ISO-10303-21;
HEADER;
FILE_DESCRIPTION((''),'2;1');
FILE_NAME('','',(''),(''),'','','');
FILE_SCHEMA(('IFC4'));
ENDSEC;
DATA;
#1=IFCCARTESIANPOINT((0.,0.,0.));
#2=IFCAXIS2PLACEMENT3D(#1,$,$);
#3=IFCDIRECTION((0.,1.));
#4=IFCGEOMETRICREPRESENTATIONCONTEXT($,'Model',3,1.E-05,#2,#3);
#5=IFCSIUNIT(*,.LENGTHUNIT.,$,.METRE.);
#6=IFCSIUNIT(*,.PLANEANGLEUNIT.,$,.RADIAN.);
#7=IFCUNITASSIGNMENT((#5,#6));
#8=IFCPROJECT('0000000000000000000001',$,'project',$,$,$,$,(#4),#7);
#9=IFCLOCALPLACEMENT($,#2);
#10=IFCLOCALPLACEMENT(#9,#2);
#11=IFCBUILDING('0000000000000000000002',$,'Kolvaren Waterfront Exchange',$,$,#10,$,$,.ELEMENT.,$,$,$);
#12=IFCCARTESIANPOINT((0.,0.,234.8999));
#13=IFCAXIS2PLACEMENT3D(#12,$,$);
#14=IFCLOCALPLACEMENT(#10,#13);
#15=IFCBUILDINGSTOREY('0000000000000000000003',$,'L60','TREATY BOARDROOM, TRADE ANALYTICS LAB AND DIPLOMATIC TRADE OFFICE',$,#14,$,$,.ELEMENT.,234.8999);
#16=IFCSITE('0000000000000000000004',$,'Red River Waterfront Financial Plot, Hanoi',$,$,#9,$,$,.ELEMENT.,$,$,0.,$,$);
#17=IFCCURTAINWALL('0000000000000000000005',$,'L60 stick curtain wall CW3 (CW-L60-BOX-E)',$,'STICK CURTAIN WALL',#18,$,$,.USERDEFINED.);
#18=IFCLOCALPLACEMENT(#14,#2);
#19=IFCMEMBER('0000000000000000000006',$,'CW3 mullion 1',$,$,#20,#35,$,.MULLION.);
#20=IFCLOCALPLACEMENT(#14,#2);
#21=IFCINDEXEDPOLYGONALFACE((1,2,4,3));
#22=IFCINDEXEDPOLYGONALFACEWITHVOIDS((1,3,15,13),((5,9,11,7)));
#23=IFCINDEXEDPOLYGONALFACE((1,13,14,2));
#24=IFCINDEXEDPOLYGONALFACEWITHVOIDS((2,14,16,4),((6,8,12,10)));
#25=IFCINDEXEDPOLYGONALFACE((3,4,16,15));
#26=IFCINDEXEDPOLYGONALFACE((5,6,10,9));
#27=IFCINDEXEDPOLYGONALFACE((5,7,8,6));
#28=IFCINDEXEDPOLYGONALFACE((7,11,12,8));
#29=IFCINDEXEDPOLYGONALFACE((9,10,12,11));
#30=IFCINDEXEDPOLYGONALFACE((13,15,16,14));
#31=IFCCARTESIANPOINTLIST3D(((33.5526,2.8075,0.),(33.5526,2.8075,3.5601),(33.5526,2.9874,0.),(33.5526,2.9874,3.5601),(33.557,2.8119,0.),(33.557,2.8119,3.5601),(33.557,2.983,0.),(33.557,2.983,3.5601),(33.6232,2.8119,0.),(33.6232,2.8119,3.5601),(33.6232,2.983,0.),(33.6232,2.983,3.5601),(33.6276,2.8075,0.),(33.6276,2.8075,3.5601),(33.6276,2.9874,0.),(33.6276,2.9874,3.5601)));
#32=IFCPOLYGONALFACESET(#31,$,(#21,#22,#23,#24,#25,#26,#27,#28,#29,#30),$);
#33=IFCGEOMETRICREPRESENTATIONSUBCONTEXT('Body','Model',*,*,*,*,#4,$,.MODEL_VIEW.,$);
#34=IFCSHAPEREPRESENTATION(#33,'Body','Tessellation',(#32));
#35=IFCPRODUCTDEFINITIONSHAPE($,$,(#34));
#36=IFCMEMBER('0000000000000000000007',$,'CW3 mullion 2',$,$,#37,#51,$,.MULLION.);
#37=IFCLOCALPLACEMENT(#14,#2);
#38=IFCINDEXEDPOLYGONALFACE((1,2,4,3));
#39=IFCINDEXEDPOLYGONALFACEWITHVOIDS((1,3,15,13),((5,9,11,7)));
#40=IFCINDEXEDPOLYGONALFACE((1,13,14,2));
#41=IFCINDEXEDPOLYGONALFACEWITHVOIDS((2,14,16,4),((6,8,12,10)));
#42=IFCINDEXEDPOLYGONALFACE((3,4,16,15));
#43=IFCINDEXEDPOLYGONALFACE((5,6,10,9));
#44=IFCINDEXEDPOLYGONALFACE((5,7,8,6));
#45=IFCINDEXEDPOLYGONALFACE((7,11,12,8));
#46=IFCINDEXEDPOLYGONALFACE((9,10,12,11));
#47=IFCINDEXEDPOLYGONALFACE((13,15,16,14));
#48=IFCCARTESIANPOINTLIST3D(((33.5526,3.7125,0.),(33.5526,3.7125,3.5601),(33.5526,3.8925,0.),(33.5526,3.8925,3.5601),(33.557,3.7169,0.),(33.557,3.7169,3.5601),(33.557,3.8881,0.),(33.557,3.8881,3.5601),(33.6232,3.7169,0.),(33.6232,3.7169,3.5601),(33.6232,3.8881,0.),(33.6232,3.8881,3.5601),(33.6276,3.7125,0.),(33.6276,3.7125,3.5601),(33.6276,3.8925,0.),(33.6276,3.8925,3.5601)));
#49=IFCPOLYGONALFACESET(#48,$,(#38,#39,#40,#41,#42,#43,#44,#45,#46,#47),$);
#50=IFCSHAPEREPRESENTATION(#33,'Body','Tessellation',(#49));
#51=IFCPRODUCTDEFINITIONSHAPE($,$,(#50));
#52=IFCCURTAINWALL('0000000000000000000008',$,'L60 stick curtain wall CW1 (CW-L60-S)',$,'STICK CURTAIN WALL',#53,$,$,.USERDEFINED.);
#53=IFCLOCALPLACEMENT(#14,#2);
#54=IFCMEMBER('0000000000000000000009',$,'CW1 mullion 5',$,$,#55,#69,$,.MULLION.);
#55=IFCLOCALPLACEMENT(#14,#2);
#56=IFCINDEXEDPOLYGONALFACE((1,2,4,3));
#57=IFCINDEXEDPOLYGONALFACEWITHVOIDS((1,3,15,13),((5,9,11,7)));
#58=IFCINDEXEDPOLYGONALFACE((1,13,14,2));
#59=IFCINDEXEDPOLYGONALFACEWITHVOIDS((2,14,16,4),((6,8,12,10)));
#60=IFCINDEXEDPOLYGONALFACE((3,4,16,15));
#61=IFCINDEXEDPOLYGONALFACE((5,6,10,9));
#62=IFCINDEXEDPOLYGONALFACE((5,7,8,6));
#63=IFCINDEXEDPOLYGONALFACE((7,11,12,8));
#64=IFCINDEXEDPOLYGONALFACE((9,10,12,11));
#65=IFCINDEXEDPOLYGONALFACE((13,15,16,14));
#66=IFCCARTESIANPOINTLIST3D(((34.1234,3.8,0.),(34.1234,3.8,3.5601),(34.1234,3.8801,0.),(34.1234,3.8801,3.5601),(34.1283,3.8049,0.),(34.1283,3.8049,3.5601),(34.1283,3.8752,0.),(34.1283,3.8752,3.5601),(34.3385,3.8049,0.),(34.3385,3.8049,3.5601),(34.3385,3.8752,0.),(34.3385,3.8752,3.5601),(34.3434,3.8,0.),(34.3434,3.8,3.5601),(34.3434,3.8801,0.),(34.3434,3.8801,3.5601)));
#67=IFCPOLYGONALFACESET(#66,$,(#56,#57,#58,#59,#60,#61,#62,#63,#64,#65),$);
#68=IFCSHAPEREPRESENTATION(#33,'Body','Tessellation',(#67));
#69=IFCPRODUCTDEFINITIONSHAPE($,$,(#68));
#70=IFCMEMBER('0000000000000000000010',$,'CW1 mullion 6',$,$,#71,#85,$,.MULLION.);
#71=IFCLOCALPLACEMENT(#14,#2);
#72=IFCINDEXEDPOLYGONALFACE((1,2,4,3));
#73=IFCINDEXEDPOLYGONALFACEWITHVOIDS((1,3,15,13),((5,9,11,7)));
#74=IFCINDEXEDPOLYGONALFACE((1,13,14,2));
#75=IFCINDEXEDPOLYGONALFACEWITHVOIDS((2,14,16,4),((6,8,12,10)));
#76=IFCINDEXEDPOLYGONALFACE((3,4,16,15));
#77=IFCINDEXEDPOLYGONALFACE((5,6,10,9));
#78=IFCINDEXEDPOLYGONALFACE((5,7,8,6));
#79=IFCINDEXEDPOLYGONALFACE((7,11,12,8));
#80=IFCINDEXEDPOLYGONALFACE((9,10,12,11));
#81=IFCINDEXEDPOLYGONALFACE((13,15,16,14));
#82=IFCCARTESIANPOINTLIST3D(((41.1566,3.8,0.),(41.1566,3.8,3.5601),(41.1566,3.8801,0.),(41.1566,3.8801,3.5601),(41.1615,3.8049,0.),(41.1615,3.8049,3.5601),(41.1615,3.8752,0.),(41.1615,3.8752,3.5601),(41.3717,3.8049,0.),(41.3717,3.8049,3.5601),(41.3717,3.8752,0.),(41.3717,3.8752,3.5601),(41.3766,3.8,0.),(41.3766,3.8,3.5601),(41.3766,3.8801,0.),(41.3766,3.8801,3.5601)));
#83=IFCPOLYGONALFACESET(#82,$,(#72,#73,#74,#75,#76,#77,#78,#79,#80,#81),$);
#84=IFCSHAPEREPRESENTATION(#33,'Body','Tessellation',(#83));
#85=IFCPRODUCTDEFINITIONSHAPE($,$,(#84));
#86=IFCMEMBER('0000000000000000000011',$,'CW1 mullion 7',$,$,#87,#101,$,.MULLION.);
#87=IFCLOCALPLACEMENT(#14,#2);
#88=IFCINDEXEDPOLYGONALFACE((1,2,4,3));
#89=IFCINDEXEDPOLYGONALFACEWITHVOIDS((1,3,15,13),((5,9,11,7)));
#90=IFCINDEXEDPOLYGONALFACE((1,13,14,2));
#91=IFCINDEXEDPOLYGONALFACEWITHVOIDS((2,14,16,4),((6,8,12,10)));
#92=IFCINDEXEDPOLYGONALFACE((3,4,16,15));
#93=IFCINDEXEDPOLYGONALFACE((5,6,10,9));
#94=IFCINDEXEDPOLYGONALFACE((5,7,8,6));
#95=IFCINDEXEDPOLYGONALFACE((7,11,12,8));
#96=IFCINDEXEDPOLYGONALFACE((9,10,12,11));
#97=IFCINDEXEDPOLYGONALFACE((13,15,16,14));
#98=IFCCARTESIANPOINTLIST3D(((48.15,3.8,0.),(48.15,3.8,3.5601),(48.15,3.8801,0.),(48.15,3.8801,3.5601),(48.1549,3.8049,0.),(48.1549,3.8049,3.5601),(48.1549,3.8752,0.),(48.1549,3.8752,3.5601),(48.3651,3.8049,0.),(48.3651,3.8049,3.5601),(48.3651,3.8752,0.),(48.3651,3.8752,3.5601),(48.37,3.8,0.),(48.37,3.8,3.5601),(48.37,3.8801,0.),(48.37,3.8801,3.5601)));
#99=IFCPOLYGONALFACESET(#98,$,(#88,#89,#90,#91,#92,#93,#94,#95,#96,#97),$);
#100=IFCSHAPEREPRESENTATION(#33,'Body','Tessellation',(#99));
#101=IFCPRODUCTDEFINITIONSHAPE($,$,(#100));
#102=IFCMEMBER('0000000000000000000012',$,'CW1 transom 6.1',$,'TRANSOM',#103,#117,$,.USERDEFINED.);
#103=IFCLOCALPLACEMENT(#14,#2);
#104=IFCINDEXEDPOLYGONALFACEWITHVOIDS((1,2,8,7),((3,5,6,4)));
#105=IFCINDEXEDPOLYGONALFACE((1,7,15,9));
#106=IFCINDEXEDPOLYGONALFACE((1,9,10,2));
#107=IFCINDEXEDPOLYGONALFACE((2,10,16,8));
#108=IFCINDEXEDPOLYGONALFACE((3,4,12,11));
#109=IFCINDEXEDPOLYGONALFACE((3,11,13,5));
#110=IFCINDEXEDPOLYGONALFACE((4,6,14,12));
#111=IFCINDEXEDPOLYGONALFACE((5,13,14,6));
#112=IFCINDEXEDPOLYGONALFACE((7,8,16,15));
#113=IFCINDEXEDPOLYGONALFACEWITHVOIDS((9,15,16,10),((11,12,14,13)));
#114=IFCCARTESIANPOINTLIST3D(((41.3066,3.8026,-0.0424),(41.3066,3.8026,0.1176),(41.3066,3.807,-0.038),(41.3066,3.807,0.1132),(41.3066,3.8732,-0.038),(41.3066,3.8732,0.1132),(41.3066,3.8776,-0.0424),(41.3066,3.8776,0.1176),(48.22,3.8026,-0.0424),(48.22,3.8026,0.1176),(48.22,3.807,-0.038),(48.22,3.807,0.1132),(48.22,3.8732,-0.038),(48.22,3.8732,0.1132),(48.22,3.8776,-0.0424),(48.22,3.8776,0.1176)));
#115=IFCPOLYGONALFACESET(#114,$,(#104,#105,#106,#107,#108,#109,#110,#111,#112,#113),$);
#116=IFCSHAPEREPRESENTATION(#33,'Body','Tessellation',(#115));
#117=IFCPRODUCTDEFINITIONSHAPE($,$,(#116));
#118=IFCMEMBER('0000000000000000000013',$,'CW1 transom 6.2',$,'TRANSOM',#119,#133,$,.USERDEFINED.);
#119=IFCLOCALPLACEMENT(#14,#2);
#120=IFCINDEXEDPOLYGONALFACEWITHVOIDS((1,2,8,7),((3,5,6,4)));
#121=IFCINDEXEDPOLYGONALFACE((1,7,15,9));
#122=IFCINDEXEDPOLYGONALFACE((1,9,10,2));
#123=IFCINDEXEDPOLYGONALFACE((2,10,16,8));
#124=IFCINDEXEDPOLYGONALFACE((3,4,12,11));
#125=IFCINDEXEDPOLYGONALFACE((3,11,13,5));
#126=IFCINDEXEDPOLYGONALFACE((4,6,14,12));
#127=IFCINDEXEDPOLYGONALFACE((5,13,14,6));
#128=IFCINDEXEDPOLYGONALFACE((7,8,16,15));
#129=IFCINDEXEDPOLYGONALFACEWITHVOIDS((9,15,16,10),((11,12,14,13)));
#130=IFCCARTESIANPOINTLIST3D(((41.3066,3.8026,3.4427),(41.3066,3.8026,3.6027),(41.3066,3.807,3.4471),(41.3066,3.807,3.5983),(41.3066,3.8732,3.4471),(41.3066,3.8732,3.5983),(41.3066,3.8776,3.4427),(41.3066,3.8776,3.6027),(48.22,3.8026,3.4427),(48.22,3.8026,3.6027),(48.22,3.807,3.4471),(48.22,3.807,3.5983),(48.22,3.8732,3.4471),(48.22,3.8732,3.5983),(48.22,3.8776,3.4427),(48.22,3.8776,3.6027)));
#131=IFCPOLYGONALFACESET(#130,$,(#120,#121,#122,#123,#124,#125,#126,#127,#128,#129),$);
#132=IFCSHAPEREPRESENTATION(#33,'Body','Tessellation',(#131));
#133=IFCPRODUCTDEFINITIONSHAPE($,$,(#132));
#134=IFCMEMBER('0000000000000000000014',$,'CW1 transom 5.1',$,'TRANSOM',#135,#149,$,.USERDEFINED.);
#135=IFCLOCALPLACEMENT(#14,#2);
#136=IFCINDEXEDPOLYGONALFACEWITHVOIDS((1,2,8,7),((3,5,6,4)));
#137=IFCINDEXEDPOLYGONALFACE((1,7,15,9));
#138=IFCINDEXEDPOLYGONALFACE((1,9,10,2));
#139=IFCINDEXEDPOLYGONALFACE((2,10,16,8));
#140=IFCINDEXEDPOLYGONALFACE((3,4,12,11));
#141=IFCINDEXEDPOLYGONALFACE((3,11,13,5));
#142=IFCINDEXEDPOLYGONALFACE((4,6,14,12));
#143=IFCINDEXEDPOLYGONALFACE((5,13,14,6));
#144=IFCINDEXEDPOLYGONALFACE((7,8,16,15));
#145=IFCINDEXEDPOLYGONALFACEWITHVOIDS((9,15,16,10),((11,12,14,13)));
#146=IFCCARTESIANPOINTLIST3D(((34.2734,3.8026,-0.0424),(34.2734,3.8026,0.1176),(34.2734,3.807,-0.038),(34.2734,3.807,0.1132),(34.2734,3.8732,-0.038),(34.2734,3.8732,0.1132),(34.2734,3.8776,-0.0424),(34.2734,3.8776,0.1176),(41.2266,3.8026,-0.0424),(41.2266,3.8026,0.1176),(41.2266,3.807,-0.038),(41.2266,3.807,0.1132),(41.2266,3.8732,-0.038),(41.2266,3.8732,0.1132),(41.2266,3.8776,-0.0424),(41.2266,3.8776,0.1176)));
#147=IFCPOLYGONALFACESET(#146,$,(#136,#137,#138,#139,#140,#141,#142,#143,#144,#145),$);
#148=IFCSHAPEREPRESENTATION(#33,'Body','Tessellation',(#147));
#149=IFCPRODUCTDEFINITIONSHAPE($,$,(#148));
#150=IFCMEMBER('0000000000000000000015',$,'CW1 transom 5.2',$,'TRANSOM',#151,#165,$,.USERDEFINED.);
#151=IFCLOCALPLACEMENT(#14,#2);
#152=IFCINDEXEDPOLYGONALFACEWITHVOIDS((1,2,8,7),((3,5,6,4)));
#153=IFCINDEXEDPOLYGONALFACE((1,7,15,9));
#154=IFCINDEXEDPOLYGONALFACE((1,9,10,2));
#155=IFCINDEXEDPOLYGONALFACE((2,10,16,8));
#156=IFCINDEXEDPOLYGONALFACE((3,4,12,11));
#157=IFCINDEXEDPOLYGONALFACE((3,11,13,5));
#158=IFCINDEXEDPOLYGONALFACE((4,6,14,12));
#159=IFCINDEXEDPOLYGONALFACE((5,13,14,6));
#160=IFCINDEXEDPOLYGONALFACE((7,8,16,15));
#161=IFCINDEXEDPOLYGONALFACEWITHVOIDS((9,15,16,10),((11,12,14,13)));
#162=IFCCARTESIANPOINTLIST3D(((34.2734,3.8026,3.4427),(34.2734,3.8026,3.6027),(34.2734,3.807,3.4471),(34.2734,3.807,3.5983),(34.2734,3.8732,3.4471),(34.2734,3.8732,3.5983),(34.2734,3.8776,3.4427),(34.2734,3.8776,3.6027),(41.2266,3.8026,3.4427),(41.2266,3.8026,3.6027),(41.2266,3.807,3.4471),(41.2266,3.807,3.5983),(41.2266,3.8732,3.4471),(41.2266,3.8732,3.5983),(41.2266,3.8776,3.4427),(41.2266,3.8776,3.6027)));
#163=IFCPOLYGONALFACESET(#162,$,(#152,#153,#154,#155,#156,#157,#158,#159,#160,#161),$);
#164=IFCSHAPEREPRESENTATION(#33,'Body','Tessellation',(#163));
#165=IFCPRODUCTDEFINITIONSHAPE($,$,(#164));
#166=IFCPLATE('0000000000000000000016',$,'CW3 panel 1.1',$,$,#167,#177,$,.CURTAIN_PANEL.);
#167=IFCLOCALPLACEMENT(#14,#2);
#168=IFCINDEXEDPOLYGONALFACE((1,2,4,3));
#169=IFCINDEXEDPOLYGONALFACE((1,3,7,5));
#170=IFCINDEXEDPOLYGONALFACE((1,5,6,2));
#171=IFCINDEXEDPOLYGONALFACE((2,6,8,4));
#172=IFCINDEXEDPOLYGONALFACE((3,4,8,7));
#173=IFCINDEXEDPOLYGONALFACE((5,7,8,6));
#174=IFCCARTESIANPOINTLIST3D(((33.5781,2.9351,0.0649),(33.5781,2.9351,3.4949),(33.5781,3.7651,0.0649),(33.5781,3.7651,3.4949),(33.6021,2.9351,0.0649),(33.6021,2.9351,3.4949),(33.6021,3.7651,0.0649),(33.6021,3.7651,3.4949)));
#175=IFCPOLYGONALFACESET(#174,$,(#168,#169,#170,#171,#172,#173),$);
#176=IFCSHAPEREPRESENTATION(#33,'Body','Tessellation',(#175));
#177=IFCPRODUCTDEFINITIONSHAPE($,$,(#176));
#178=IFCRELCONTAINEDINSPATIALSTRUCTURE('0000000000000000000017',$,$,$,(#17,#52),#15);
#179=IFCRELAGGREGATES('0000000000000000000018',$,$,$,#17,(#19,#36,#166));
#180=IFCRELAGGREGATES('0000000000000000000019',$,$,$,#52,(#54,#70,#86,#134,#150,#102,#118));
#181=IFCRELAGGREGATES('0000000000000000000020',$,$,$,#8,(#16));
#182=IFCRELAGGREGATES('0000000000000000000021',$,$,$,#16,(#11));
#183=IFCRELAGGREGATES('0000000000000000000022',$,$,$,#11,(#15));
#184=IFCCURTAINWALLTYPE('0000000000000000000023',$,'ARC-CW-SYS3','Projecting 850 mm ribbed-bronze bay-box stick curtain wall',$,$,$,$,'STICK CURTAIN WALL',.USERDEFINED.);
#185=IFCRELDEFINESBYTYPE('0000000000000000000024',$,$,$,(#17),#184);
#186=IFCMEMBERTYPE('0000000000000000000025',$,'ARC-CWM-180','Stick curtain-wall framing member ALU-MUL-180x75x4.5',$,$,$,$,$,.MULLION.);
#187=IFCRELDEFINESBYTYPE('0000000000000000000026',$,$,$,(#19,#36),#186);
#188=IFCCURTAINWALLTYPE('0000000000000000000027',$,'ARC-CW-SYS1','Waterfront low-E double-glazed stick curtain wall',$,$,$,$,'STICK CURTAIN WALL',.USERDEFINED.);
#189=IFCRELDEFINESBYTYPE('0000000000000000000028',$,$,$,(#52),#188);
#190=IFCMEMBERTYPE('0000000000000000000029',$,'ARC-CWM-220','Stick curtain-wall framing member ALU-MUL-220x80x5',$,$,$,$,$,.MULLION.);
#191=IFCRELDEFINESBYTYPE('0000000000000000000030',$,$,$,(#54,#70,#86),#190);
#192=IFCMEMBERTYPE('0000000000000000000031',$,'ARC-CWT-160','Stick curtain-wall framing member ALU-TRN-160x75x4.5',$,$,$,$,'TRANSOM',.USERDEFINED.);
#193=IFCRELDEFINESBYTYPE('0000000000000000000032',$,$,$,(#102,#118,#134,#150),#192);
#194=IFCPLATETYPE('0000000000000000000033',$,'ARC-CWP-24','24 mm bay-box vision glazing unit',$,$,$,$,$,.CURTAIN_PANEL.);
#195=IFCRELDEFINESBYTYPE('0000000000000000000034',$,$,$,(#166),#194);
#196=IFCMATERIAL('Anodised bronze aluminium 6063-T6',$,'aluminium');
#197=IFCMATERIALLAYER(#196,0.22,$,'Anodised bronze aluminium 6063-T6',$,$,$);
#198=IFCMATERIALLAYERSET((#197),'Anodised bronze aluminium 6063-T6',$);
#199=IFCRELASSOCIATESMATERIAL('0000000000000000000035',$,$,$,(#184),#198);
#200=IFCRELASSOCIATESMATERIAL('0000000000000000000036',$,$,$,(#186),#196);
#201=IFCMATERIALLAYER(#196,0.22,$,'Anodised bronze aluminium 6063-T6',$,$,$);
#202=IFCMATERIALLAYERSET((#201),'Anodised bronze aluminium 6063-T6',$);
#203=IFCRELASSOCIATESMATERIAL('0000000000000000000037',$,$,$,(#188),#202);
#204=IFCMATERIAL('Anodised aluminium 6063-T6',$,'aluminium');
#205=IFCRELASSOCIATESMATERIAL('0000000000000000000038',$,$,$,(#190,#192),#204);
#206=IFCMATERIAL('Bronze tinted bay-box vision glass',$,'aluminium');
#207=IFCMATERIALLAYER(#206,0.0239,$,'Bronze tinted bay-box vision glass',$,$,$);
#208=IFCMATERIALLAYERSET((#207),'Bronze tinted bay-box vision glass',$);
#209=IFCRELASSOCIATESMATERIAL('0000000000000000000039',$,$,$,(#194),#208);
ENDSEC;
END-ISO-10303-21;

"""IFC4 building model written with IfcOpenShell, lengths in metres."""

from ifc_helpers import new_model, si_unit, direction, frame, origin, origin_with_axes, origin_2d, place, context, subcontext, project, spatial, rectangle, hollow_rectangle, extrude, source, transform, mapped, material, layer, layer_set, material_profile, profile_set, type_object, element, aggregate, save


model = new_model("IFC4")

# Units and contexts
model_context = context("Model", 3, precision=1e-05, world=origin(), true_north=direction((0.0, 1.0)))
body_context = subcontext(model_context, "Body", "Model", "MODEL_VIEW")
ifc_project = project(units=[si_unit("LENGTHUNIT", "METRE"), si_unit("PLANEANGLEUNIT", "RADIAN")], contexts=[model_context])

# Site, building, storey
site_placement = place(None, origin())
site = spatial("IfcSite", under=ifc_project, at=site_placement, Name="Red River Waterfront Financial Plot, Hanoi", CompositionType="ELEMENT", RefElevation=0.0)
building_placement = place(site_placement, origin())
building = spatial("IfcBuilding", under=site, at=building_placement, Name="Kolvaren Waterfront Exchange", CompositionType="ELEMENT")
storey_placement = place(building_placement, frame((0.0, 0.0, 234.8999)))
storey = spatial("IfcBuildingStorey", under=building, at=storey_placement, Name="L60", Description="TREATY BOARDROOM, TRADE ANALYTICS LAB AND DIPLOMATIC TRADE OFFICE", CompositionType="ELEMENT", Elevation=234.8999)

# Curtain wall
ifc_material_1 = material(Name="Anodised bronze aluminium 6063-T6", Category="aluminium")
ifc_layer_1 = layer(ifc_material_1, 0.22, Name="Anodised bronze aluminium 6063-T6")
ifc_layer_set_1 = layer_set([ifc_layer_1], Name="Anodised bronze aluminium 6063-T6")
curtain_wall_type_1 = type_object("IfcCurtainWallType", Name="ARC-CW-SYS3", Description="Projecting 850 mm ribbed-bronze bay-box stick curtain wall", ElementType="STICK CURTAIN WALL", PredefinedType="USERDEFINED", material=ifc_layer_set_1)
curtain_wall_1_placement = place(storey_placement, origin())
curtain_wall_1 = element("IfcCurtainWall", 1, at=curtain_wall_1_placement, inside=storey, type_object=curtain_wall_type_1, Name="L60 stick curtain wall CW3 (CW-L60-BOX-E)", ObjectType="STICK CURTAIN WALL", PredefinedType="USERDEFINED")

# Members
ifc_material_profile_1 = material_profile(ifc_material_1, hollow_rectangle(XDim=0.075, YDim=0.1799, WallThickness=0.0044, at=origin_2d()), Name="ALU-MUL-180x75x4.5")
ifc_profile_set_1 = profile_set([ifc_material_profile_1], Name="Anodised bronze aluminium 6063-T6")
member_type_1 = type_object("IfcMemberType", Name="ARC-CWM-180", Description="Stick curtain-wall framing member ALU-MUL-180x75x4.5", PredefinedType="MULLION", material=ifc_profile_set_1)
shared_shape_1 = source(origin_with_axes(), body_context, "Body", "SweptSolid", [
    extrude(hollow_rectangle(XDim=0.075, YDim=0.1799, WallThickness=0.0044, at=origin_2d()), origin(), (0.0, 0.0, 1.0), 3.5601),
])
member_1_placement = place(storey_placement, frame((33.5901, 2.8975, 0.0), z_axis=(0.0, 0.0, 1.0), x_axis=(-1.0, 0.0, 0.0)))
member_1 = element("IfcMember", 2, at=member_1_placement, type_object=member_type_1, Name="CW3 mullion 1", PredefinedType="MULLION", context=body_context, shape_type="MappedRepresentation", body=[
    mapped(shared_shape_1, transform((0.0, 0.0, 0.0), x_axis=(1.0, 0.0, 0.0), y_axis=(0.0, 1.0, 0.0), z_axis=(0.0, 0.0, 1.0), scale=1.0)),
])
member_2_placement = place(storey_placement, frame((33.5901, 3.8025, 0.0), z_axis=(0.0, 0.0, 1.0), x_axis=(-1.0, 0.0, 0.0)))
member_2 = element("IfcMember", 3, at=member_2_placement, type_object=member_type_1, Name="CW3 mullion 2", PredefinedType="MULLION", context=body_context, shape_type="MappedRepresentation", body=[
    mapped(shared_shape_1, transform((0.0, 0.0, 0.0), x_axis=(1.0, 0.0, 0.0), y_axis=(0.0, 1.0, 0.0), z_axis=(0.0, 0.0, 1.0), scale=1.0)),
])

# Curtain wall, members
ifc_layer_2 = layer(ifc_material_1, 0.22, Name="Anodised bronze aluminium 6063-T6")
ifc_layer_set_2 = layer_set([ifc_layer_2], Name="Anodised bronze aluminium 6063-T6")
curtain_wall_type_2 = type_object("IfcCurtainWallType", Name="ARC-CW-SYS1", Description="Waterfront low-E double-glazed stick curtain wall", ElementType="STICK CURTAIN WALL", PredefinedType="USERDEFINED", material=ifc_layer_set_2)
curtain_wall_2_placement = place(storey_placement, origin())
curtain_wall_2 = element("IfcCurtainWall", 4, at=curtain_wall_2_placement, inside=storey, type_object=curtain_wall_type_2, Name="L60 stick curtain wall CW1 (CW-L60-S)", ObjectType="STICK CURTAIN WALL", PredefinedType="USERDEFINED")
ifc_material_2 = material(Name="Anodised aluminium 6063-T6", Category="aluminium")
ifc_material_profile_2 = material_profile(ifc_material_2, hollow_rectangle(XDim=0.0801, YDim=0.22, WallThickness=0.0049, at=origin_2d()), Name="ALU-MUL-220x80x5")
ifc_profile_set_2 = profile_set([ifc_material_profile_2], Name="Anodised aluminium 6063-T6")
member_type_2 = type_object("IfcMemberType", Name="ARC-CWM-220", Description="Stick curtain-wall framing member ALU-MUL-220x80x5", PredefinedType="MULLION", material=ifc_profile_set_2)
shared_shape_2 = source(origin_with_axes(), body_context, "Body", "SweptSolid", [
    extrude(hollow_rectangle(XDim=0.0801, YDim=0.22, WallThickness=0.0049, at=origin_2d()), origin(), (0.0, 0.0, 1.0), 3.5601),
])
member_3_placement = place(storey_placement, frame((34.2334, 3.8401, 0.0), z_axis=(0.0, 0.0, 1.0), x_axis=(0.0, 1.0, 0.0)))
member_3 = element("IfcMember", 5, at=member_3_placement, type_object=member_type_2, Name="CW1 mullion 5", PredefinedType="MULLION", context=body_context, shape_type="MappedRepresentation", body=[
    mapped(shared_shape_2, transform((0.0, 0.0, 0.0), x_axis=(1.0, 0.0, 0.0), y_axis=(0.0, 1.0, 0.0), z_axis=(0.0, 0.0, 1.0), scale=1.0)),
])
member_4_placement = place(storey_placement, frame((41.2666, 3.8401, 0.0), z_axis=(0.0, 0.0, 1.0), x_axis=(0.0, 1.0, 0.0)))
member_4 = element("IfcMember", 6, at=member_4_placement, type_object=member_type_2, Name="CW1 mullion 6", PredefinedType="MULLION", context=body_context, shape_type="MappedRepresentation", body=[
    mapped(shared_shape_2, transform((0.0, 0.0, 0.0), x_axis=(1.0, 0.0, 0.0), y_axis=(0.0, 1.0, 0.0), z_axis=(0.0, 0.0, 1.0), scale=1.0)),
])
member_5_placement = place(storey_placement, frame((48.26, 3.8401, 0.0), z_axis=(0.0, 0.0, 1.0), x_axis=(0.0, 1.0, 0.0)))
member_5 = element("IfcMember", 7, at=member_5_placement, type_object=member_type_2, Name="CW1 mullion 7", PredefinedType="MULLION", context=body_context, shape_type="MappedRepresentation", body=[
    mapped(shared_shape_2, transform((0.0, 0.0, 0.0), x_axis=(1.0, 0.0, 0.0), y_axis=(0.0, 1.0, 0.0), z_axis=(0.0, 0.0, 1.0), scale=1.0)),
])
ifc_material_profile_3 = material_profile(ifc_material_2, hollow_rectangle(XDim=0.075, YDim=0.1599, WallThickness=0.0044, at=origin_2d()), Name="ALU-TRN-160x75x4.5")
ifc_profile_set_3 = profile_set([ifc_material_profile_3], Name="Anodised aluminium 6063-T6")
member_type_3 = type_object("IfcMemberType", Name="ARC-CWT-160", Description="Stick curtain-wall framing member ALU-TRN-160x75x4.5", ElementType="TRANSOM", PredefinedType="USERDEFINED", material=ifc_profile_set_3)
shared_shape_3 = source(origin_with_axes(), body_context, "Body", "SweptSolid", [
    extrude(hollow_rectangle(XDim=0.075, YDim=0.1599, WallThickness=0.0044, at=origin_2d()), origin(), (0.0, 0.0, 1.0), 6.9133),
])
member_6_placement = place(storey_placement, frame((41.3066, 3.8401, 0.0376), z_axis=(1.0, 0.0, 0.0), x_axis=(0.0, 1.0, 0.0)))
member_6 = element("IfcMember", 8, at=member_6_placement, type_object=member_type_3, Name="CW1 transom 6.1", ObjectType="TRANSOM", PredefinedType="USERDEFINED", context=body_context, shape_type="MappedRepresentation", body=[
    mapped(shared_shape_3, transform((0.0, 0.0, 0.0), x_axis=(1.0, 0.0, 0.0), y_axis=(0.0, 1.0, 0.0), z_axis=(0.0, 0.0, 1.0), scale=1.0)),
])
member_7_placement = place(storey_placement, frame((41.3066, 3.8401, 3.5227), z_axis=(1.0, 0.0, 0.0), x_axis=(0.0, 1.0, 0.0)))
member_7 = element("IfcMember", 9, at=member_7_placement, type_object=member_type_3, Name="CW1 transom 6.2", ObjectType="TRANSOM", PredefinedType="USERDEFINED", context=body_context, shape_type="MappedRepresentation", body=[
    mapped(shared_shape_3, transform((0.0, 0.0, 0.0), x_axis=(1.0, 0.0, 0.0), y_axis=(0.0, 1.0, 0.0), z_axis=(0.0, 0.0, 1.0), scale=1.0)),
])
shared_shape_4 = source(origin_with_axes(), body_context, "Body", "SweptSolid", [
    extrude(hollow_rectangle(XDim=0.075, YDim=0.1599, WallThickness=0.0044, at=origin_2d()), origin(), (0.0, 0.0, 1.0), 6.9531),
])
member_8_placement = place(storey_placement, frame((34.2734, 3.8401, 0.0376), z_axis=(1.0, 0.0, 0.0), x_axis=(0.0, 1.0, 0.0)))
member_8 = element("IfcMember", 10, at=member_8_placement, type_object=member_type_3, Name="CW1 transom 5.1", ObjectType="TRANSOM", PredefinedType="USERDEFINED", context=body_context, shape_type="MappedRepresentation", body=[
    mapped(shared_shape_4, transform((0.0, 0.0, 0.0), x_axis=(1.0, 0.0, 0.0), y_axis=(0.0, 1.0, 0.0), z_axis=(0.0, 0.0, 1.0), scale=1.0)),
])
member_9_placement = place(storey_placement, frame((34.2734, 3.8401, 3.5227), z_axis=(1.0, 0.0, 0.0), x_axis=(0.0, 1.0, 0.0)))
member_9 = element("IfcMember", 11, at=member_9_placement, type_object=member_type_3, Name="CW1 transom 5.2", ObjectType="TRANSOM", PredefinedType="USERDEFINED", context=body_context, shape_type="MappedRepresentation", body=[
    mapped(shared_shape_4, transform((0.0, 0.0, 0.0), x_axis=(1.0, 0.0, 0.0), y_axis=(0.0, 1.0, 0.0), z_axis=(0.0, 0.0, 1.0), scale=1.0)),
])

# Plate
ifc_material_3 = material(Name="Bronze tinted bay-box vision glass", Category="aluminium")
ifc_layer_3 = layer(ifc_material_3, 0.0239, Name="Bronze tinted bay-box vision glass")
ifc_layer_set_3 = layer_set([ifc_layer_3], Name="Bronze tinted bay-box vision glass")
plate_type_1 = type_object("IfcPlateType", Name="ARC-CWP-24", Description="24 mm bay-box vision glazing unit", PredefinedType="CURTAIN_PANEL", material=ifc_layer_set_3)
shared_shape_5 = source(origin_with_axes(), body_context, "Body", "SweptSolid", [
    extrude(rectangle(XDim=0.8301, YDim=0.0239, at=origin_2d()), origin(), (0.0, 0.0, 1.0), 3.4299),
])
plate_1_placement = place(storey_placement, frame((33.5901, 3.3501, 0.0649), z_axis=(0.0, 0.0, 1.0), x_axis=(0.0, 1.0, 0.0)))
plate_1 = element("IfcPlate", 12, at=plate_1_placement, type_object=plate_type_1, Name="CW3 panel 1.1", PredefinedType="CURTAIN_PANEL", context=body_context, shape_type="MappedRepresentation", body=[
    mapped(shared_shape_5, transform((0.0, 0.0, 0.0), x_axis=(1.0, 0.0, 0.0), y_axis=(0.0, 1.0, 0.0), z_axis=(0.0, 0.0, 1.0), scale=1.0)),
])
aggregate(curtain_wall_1, [member_1, member_2, plate_1])
aggregate(curtain_wall_2, [member_3, member_4, member_5, member_8, member_9, member_6, member_7])

save(model, "model.ifc")
